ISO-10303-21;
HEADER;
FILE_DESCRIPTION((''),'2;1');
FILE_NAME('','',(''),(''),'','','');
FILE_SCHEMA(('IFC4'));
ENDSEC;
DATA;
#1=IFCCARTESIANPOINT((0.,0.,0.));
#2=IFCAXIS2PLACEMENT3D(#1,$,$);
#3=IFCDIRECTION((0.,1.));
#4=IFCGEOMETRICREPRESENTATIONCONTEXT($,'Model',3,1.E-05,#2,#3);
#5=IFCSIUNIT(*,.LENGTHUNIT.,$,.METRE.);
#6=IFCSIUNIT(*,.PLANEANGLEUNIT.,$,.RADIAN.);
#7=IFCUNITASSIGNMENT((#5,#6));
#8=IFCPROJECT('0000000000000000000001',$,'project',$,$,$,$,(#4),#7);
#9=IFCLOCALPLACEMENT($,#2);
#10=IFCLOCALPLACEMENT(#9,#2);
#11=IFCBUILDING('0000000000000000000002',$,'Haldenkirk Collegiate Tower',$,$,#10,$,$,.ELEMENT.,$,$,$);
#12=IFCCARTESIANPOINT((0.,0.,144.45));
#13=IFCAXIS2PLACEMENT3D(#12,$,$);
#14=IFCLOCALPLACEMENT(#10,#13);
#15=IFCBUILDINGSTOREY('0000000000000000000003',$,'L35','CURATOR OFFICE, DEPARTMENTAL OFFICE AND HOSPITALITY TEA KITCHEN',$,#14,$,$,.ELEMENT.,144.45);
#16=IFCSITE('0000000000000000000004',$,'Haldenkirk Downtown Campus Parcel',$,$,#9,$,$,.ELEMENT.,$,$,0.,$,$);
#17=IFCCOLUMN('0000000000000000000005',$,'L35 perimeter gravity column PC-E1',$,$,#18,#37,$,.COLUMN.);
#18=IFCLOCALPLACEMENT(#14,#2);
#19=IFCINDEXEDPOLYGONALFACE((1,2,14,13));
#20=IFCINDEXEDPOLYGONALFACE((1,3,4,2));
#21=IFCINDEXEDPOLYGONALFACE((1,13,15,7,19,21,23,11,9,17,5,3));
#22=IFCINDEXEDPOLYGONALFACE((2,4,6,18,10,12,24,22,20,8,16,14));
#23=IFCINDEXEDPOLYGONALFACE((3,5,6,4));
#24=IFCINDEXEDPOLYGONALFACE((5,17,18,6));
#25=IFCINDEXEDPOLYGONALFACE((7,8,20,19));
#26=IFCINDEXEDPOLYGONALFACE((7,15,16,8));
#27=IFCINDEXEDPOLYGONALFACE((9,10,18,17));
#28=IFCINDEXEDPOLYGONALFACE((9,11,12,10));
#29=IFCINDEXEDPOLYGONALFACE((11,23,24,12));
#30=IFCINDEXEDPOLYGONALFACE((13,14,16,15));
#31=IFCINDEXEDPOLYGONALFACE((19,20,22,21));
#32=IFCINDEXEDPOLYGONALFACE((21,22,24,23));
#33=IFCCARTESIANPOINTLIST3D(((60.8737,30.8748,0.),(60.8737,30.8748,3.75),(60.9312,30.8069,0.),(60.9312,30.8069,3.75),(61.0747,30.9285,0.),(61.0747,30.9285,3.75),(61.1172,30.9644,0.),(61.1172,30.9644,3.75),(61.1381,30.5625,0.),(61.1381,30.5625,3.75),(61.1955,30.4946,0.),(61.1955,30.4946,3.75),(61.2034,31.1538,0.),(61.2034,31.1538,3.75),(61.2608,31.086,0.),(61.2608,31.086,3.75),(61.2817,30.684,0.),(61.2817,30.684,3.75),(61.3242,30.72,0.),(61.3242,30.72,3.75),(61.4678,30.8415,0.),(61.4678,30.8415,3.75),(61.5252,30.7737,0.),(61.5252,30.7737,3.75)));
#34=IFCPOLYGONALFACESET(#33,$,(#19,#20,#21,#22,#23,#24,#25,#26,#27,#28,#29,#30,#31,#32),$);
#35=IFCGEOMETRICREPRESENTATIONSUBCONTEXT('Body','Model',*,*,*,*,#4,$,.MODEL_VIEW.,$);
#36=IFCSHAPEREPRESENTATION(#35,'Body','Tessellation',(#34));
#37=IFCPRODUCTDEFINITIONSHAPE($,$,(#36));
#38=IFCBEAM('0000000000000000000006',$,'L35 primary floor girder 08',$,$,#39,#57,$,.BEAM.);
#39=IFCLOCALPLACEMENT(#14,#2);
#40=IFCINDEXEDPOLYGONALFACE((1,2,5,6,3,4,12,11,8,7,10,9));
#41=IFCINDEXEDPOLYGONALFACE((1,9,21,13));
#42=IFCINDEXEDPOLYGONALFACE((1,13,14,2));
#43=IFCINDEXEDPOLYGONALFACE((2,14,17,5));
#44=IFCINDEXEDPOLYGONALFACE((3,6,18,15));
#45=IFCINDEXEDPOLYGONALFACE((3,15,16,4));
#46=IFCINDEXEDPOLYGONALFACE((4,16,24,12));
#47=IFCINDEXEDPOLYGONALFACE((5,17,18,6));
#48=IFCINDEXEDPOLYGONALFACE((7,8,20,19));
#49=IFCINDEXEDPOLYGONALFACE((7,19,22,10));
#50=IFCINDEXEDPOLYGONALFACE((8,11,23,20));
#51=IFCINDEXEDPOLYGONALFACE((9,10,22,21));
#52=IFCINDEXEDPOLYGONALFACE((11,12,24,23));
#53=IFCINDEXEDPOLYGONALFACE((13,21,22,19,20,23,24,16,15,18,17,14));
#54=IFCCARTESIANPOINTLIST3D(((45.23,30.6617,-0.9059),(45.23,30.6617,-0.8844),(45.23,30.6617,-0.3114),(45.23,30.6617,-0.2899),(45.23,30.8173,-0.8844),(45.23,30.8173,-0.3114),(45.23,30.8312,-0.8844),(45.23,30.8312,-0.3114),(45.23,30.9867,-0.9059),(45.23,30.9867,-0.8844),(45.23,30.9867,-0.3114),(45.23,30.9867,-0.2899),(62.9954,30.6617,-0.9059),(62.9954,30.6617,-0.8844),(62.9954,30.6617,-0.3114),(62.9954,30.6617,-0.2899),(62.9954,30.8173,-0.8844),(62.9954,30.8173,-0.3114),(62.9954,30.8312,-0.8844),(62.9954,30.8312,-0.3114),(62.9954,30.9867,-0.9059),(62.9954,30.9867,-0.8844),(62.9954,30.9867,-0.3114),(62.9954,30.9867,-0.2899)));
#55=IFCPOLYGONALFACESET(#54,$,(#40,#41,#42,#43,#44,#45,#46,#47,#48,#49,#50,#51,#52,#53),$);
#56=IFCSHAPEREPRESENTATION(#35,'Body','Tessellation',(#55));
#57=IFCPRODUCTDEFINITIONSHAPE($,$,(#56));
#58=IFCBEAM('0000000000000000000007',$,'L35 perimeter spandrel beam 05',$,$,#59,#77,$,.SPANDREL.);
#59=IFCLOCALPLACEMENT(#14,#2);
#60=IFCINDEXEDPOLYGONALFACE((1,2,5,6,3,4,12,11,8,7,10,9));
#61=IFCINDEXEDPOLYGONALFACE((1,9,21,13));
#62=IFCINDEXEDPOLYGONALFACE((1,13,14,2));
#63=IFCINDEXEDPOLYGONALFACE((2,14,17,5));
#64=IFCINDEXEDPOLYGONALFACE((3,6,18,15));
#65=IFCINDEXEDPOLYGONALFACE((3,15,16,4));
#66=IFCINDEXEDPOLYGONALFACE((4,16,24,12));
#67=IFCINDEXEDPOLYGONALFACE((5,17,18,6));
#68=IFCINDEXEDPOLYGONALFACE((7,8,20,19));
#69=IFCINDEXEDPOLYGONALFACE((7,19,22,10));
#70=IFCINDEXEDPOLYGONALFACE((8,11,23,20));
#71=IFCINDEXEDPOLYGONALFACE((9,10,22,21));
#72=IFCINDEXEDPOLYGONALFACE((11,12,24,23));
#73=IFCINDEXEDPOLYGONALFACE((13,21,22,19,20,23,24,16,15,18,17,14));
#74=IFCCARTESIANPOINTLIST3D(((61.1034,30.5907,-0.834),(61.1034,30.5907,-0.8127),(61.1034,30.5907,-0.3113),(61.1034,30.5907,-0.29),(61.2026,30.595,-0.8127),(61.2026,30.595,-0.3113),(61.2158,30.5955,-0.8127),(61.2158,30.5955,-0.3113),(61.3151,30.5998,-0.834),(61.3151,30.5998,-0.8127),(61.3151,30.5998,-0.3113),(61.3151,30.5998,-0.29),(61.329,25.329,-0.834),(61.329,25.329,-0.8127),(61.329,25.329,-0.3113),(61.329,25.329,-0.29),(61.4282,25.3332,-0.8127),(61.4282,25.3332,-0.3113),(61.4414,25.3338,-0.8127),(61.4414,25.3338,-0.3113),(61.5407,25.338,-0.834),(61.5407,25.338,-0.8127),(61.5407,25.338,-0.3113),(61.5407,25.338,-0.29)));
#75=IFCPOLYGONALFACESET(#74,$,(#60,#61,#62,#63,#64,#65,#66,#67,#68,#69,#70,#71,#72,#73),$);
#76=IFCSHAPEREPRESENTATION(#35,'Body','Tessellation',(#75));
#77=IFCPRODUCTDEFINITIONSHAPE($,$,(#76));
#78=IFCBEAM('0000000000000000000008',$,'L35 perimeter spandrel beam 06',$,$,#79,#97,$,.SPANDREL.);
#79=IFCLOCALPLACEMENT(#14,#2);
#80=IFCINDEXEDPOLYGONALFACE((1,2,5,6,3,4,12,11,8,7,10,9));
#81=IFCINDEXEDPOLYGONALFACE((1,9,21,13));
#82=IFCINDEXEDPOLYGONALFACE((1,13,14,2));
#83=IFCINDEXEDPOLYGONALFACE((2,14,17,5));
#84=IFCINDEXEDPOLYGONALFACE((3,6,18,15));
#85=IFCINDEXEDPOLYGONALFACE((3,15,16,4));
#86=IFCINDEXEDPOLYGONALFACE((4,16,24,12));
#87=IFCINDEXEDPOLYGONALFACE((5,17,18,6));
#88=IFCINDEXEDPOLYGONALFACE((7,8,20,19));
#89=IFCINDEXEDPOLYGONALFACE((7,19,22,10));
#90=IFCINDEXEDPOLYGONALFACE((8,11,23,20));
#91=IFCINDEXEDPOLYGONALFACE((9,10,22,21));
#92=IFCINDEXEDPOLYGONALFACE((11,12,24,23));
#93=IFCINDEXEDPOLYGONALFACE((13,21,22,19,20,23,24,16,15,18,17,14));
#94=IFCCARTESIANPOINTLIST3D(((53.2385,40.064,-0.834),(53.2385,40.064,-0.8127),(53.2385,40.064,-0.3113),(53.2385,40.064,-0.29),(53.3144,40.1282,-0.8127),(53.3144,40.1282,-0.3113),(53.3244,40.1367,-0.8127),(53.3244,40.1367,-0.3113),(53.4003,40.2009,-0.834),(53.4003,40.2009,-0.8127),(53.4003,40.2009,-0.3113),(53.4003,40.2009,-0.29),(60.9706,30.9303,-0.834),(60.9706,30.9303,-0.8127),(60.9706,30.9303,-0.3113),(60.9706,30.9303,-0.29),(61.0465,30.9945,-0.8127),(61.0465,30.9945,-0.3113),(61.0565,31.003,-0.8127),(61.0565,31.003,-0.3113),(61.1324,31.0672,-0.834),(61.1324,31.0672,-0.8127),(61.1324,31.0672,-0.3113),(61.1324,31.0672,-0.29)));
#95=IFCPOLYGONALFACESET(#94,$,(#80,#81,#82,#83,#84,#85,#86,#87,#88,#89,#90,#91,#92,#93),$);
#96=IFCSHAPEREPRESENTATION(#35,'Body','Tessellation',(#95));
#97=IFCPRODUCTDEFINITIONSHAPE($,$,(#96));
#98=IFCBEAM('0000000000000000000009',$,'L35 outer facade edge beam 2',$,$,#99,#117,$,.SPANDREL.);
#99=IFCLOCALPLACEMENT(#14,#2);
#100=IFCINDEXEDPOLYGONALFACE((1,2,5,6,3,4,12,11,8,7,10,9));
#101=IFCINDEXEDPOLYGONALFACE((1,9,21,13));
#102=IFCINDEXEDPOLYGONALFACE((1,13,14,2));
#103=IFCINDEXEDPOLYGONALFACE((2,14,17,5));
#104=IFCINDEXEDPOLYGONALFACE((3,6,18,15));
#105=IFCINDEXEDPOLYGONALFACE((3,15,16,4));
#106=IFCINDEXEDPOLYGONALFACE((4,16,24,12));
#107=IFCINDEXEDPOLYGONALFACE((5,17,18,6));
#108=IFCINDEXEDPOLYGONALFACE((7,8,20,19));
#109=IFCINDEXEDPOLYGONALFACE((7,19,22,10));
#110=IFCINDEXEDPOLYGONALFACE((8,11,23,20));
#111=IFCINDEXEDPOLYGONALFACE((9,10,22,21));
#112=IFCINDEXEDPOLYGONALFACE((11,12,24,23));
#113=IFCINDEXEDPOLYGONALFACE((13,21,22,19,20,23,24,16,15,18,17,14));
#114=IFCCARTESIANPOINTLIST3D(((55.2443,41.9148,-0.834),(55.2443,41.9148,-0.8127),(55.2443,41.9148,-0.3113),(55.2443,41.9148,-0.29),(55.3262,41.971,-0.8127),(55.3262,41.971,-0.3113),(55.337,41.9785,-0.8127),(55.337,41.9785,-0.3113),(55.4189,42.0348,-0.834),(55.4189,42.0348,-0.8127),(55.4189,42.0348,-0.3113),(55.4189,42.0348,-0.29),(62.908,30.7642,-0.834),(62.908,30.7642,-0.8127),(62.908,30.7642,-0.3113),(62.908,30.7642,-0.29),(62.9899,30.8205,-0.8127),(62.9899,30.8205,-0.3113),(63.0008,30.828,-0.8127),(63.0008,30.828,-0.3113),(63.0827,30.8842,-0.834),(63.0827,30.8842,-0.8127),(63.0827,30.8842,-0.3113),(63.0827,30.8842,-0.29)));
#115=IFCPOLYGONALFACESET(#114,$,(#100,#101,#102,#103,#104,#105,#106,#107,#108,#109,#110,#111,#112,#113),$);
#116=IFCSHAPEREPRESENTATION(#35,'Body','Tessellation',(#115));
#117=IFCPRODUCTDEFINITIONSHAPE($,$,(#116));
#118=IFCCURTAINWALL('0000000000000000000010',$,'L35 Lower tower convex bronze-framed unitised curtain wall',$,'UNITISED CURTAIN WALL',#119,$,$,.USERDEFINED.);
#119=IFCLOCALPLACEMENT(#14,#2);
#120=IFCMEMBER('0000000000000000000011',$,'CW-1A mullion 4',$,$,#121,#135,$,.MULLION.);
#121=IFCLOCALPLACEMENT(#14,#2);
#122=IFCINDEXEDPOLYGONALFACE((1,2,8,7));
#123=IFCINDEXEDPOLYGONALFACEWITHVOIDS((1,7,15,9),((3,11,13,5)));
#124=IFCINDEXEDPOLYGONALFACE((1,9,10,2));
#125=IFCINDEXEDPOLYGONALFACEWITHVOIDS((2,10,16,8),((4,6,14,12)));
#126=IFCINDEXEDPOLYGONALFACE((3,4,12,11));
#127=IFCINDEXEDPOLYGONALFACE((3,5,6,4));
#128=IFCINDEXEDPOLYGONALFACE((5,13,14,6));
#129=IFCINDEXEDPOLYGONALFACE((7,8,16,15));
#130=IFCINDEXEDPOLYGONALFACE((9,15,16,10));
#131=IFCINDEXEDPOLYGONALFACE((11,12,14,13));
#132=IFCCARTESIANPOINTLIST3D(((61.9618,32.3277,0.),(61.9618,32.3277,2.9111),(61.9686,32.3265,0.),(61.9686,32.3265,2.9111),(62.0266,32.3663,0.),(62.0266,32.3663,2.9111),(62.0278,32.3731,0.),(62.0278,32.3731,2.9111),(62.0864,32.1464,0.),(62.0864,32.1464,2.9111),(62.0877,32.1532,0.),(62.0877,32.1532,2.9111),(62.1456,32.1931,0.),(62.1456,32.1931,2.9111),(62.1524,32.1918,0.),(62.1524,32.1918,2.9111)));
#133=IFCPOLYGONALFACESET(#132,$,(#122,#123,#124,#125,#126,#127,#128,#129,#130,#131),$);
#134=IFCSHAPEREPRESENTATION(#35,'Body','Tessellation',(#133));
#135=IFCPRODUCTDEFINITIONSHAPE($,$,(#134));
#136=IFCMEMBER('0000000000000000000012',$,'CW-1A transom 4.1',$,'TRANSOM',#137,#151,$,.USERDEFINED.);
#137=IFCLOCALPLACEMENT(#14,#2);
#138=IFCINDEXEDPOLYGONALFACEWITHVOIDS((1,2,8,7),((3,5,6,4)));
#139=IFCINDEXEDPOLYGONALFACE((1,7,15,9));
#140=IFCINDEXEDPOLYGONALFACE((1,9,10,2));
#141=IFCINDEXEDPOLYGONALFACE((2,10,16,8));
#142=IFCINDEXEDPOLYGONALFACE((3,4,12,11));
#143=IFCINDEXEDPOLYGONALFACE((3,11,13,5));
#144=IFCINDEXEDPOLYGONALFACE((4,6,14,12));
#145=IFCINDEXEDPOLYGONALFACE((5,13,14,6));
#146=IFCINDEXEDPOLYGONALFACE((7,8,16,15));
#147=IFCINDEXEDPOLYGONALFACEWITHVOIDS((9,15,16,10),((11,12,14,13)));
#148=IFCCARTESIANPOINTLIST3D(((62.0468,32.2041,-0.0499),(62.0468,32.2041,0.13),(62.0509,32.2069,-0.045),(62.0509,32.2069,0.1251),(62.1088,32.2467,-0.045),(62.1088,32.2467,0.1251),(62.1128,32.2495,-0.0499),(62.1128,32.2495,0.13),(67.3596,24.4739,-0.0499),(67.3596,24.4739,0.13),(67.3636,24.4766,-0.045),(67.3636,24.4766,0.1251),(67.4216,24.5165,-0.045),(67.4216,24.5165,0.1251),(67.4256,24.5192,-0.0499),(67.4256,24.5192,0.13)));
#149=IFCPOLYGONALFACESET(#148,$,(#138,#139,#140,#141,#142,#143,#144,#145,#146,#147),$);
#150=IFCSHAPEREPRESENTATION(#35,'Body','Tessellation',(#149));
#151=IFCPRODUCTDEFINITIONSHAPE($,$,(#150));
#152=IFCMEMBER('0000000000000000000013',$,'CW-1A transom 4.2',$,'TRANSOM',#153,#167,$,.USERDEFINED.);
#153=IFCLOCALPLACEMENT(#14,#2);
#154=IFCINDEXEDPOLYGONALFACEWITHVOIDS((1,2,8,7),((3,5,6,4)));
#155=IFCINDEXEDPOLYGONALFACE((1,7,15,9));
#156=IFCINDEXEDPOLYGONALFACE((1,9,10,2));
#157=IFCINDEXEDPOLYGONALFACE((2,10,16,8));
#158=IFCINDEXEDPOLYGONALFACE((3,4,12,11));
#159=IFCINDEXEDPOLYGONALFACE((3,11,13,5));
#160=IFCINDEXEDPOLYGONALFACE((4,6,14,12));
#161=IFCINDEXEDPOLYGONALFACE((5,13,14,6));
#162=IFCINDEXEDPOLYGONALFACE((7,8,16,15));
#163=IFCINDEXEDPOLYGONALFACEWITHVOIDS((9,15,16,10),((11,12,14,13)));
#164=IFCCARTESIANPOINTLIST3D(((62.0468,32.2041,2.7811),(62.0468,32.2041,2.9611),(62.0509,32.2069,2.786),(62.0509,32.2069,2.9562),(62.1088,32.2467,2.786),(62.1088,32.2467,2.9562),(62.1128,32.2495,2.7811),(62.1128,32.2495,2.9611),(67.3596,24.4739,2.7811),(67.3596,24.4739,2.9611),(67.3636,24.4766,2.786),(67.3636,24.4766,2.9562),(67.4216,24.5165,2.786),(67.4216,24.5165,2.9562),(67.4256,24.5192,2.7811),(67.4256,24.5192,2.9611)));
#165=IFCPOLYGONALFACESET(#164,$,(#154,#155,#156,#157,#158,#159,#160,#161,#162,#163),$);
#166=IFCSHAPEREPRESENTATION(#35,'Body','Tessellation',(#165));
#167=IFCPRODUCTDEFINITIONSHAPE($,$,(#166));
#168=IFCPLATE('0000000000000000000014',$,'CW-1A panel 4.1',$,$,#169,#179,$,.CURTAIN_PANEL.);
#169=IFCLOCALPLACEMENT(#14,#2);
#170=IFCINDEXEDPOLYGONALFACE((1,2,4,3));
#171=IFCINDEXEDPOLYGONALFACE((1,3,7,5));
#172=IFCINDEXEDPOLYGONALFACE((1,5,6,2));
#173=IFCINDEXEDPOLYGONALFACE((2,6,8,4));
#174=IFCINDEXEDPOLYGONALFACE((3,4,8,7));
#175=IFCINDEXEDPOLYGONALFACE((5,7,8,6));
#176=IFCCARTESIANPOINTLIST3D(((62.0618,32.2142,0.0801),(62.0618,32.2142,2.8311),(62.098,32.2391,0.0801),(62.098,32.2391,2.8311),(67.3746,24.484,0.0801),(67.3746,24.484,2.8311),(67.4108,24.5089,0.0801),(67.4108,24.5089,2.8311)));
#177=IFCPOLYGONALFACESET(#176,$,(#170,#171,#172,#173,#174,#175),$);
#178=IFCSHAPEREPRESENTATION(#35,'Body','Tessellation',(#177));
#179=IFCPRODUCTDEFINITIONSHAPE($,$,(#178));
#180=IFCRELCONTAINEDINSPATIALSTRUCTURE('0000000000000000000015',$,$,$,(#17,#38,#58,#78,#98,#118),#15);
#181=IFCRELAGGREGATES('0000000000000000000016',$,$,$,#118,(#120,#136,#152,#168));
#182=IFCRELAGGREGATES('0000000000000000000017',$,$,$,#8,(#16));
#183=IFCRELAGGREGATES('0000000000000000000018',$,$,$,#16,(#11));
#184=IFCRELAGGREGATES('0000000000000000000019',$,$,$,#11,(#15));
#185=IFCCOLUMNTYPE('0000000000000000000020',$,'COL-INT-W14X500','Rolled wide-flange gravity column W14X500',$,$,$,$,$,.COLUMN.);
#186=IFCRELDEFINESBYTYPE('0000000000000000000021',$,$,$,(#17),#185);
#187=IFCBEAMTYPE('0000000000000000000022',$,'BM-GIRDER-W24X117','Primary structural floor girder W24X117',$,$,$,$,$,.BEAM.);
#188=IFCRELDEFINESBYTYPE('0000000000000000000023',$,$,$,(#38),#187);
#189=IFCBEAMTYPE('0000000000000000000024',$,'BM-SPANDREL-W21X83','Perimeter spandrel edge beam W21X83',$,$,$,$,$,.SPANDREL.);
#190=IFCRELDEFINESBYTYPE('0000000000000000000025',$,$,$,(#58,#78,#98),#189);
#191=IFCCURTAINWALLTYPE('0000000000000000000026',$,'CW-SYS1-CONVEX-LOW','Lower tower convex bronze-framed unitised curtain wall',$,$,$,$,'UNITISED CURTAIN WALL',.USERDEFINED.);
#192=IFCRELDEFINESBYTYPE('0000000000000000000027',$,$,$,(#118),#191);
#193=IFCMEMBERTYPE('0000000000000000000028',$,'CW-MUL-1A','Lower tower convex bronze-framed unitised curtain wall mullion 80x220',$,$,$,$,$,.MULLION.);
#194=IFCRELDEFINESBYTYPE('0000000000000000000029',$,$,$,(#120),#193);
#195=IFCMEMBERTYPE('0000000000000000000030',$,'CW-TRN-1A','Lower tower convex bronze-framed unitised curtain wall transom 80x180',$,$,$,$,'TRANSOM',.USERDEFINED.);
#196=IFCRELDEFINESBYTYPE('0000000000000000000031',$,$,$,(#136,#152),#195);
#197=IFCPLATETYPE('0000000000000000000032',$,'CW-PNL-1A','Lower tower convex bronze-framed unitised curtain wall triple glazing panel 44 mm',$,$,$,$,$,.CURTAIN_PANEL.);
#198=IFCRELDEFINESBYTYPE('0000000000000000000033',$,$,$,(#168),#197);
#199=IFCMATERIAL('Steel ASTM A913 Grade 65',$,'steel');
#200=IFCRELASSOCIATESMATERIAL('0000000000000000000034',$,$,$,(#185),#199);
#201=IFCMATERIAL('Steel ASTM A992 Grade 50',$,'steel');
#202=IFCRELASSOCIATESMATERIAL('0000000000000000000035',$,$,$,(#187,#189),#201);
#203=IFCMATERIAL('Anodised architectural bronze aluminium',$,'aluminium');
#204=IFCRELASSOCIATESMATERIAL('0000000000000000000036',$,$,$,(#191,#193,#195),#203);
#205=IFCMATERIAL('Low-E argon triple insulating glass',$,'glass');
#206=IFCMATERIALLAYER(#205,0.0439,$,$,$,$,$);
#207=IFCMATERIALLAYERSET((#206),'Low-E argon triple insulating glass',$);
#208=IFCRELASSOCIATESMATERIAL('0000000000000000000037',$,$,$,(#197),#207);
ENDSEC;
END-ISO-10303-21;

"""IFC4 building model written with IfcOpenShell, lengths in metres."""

from ifc_helpers import new_model, si_unit, direction, frame, origin, origin_2d, place, context, subcontext, project, spatial, rectangle, hollow_rectangle, i_section, extrude, source, transform, mapped, material, layer, layer_set, material_profile, profile_set, type_object, element, aggregate, save


model = new_model("IFC4")

# Units and contexts
model_context = context("Model", 3, precision=1e-05, world=origin(), true_north=direction((0.0, 1.0)))
body_context = subcontext(model_context, "Body", "Model", "MODEL_VIEW")
ifc_project = project(units=[si_unit("LENGTHUNIT", "METRE"), si_unit("PLANEANGLEUNIT", "RADIAN")], contexts=[model_context])

# Site, building, storey
site_placement = place(None, origin())
site = spatial("IfcSite", under=ifc_project, at=site_placement, Name="Haldenkirk Downtown Campus Parcel", CompositionType="ELEMENT", RefElevation=0.0)
building_placement = place(site_placement, origin())
building = spatial("IfcBuilding", under=site, at=building_placement, Name="Haldenkirk Collegiate Tower", CompositionType="ELEMENT")
storey_placement = place(building_placement, frame((0.0, 0.0, 144.45)))
storey = spatial("IfcBuildingStorey", under=building, at=storey_placement, Name="L35", Description="CURATOR OFFICE, DEPARTMENTAL OFFICE AND HOSPITALITY TEA KITCHEN", CompositionType="ELEMENT", Elevation=144.45)

# Column
ifc_material_1 = material(Name="Steel ASTM A913 Grade 65", Category="steel")
ifc_material_profile_1 = material_profile(ifc_material_1, i_section(OverallWidth=0.4319, OverallDepth=0.498, WebThickness=0.0557, FlangeThickness=0.0889, at=origin_2d()), Name="W14X500")
ifc_profile_set_1 = profile_set([ifc_material_profile_1], Name="Steel ASTM A913 Grade 65")
column_type = type_object("IfcColumnType", Name="COL-INT-W14X500", Description="Rolled wide-flange gravity column W14X500", PredefinedType="COLUMN", material=ifc_profile_set_1)
column_placement = place(storey_placement, frame((61.1995, 30.8242, 0.0), z_axis=(0.0, 0.0, 1.0), x_axis=(0.763232, 0.646124, 0.0)))
element("IfcColumn", 1, at=column_placement, inside=storey, type_object=column_type, Name="L35 perimeter gravity column PC-E1", PredefinedType="COLUMN", context=body_context, shape_type="SweptSolid", body=[
    extrude(i_section(OverallWidth=0.4319, OverallDepth=0.498, WebThickness=0.0557, FlangeThickness=0.0889, at=origin_2d()), origin(), (0.0, 0.0, 1.0), 3.75),
])

# Beams
ifc_material_2 = material(Name="Steel ASTM A992 Grade 50", Category="steel")
ifc_material_profile_2 = material_profile(ifc_material_2, i_section(OverallWidth=0.325, OverallDepth=0.616, WebThickness=0.0139, FlangeThickness=0.0215, at=origin_2d()), Name="W24X117")
ifc_profile_set_2 = profile_set([ifc_material_profile_2], Name="Steel ASTM A992 Grade 50")
beam_type_1 = type_object("IfcBeamType", Name="BM-GIRDER-W24X117", Description="Primary structural floor girder W24X117", PredefinedType="BEAM", material=ifc_profile_set_2)
beam_1_placement = place(storey_placement, frame((62.9954, 30.8242, -0.5979), z_axis=(-1.0, 0.0, 0.0), x_axis=(0.0, -1.0, 0.0)))
element("IfcBeam", 2, at=beam_1_placement, inside=storey, type_object=beam_type_1, Name="L35 primary floor girder 08", PredefinedType="BEAM", context=body_context, shape_type="SweptSolid", body=[
    extrude(i_section(OverallWidth=0.325, OverallDepth=0.616, WebThickness=0.0139, FlangeThickness=0.0215, at=origin_2d()), origin(), (0.0, 0.0, 1.0), 17.7654),
])
ifc_material_profile_3 = material_profile(ifc_material_2, i_section(OverallWidth=0.2119, OverallDepth=0.5439, WebThickness=0.0132, FlangeThickness=0.0212, at=origin_2d()), Name="W21X83")
ifc_profile_set_3 = profile_set([ifc_material_profile_3], Name="Steel ASTM A992 Grade 50")
beam_type_2 = type_object("IfcBeamType", Name="BM-SPANDREL-W21X83", Description="Perimeter spandrel edge beam W21X83", PredefinedType="SPANDREL", material=ifc_profile_set_3)
beam_2_placement = place(storey_placement, frame((61.4348, 25.3335, -0.562), z_axis=(-0.042834, 0.999082, 0.0), x_axis=(-0.999082, -0.042834, 0.0)))
element("IfcBeam", 3, at=beam_2_placement, inside=storey, type_object=beam_type_2, Name="L35 perimeter spandrel beam 05", PredefinedType="SPANDREL", context=body_context, shape_type="SweptSolid", body=[
    extrude(i_section(OverallWidth=0.2119, OverallDepth=0.5439, WebThickness=0.0132, FlangeThickness=0.0212, at=origin_2d()), origin(), (0.0, 0.0, 1.0), 5.2666),
])
beam_3_placement = place(storey_placement, frame((61.0515, 30.9988, -0.562), z_axis=(-0.646117, 0.763238, 0.0), x_axis=(-0.763238, -0.646117, 0.0)))
element("IfcBeam", 4, at=beam_3_placement, inside=storey, type_object=beam_type_2, Name="L35 perimeter spandrel beam 06", PredefinedType="SPANDREL", context=body_context, shape_type="SweptSolid", body=[
    extrude(i_section(OverallWidth=0.2119, OverallDepth=0.5439, WebThickness=0.0132, FlangeThickness=0.0212, at=origin_2d()), origin(), (0.0, 0.0, 1.0), 11.967),
])
beam_4_placement = place(storey_placement, frame((62.9954, 30.8242, -0.562), z_axis=(-0.566416, 0.824119, 0.0), x_axis=(-0.824119, -0.566416, 0.0)))
element("IfcBeam", 5, at=beam_4_placement, inside=storey, type_object=beam_type_2, Name="L35 outer facade edge beam 2", PredefinedType="SPANDREL", context=body_context, shape_type="SweptSolid", body=[
    extrude(i_section(OverallWidth=0.2119, OverallDepth=0.5439, WebThickness=0.0132, FlangeThickness=0.0212, at=origin_2d()), origin(), (0.0, 0.0, 1.0), 13.5303),
])

# Curtain wall, members, plate
ifc_material_3 = material(Name="Anodised architectural bronze aluminium", Category="aluminium")
curtain_wall_type = type_object("IfcCurtainWallType", Name="CW-SYS1-CONVEX-LOW", Description="Lower tower convex bronze-framed unitised curtain wall", ElementType="UNITISED CURTAIN WALL", PredefinedType="USERDEFINED", material=ifc_material_3)
curtain_wall_placement = place(storey_placement, origin())
curtain_wall = element("IfcCurtainWall", 6, at=curtain_wall_placement, inside=storey, type_object=curtain_wall_type, Name="L35 Lower tower convex bronze-framed unitised curtain wall", ObjectType="UNITISED CURTAIN WALL", PredefinedType="USERDEFINED")
ifc_material_profile_4 = material_profile(ifc_material_3, hollow_rectangle(XDim=0.0801, YDim=0.22, WallThickness=0.0049, at=origin_2d()), Name="CW-MUL-1A")
ifc_profile_set_4 = profile_set([ifc_material_profile_4], Name="Anodised architectural bronze aluminium")
member_type_1 = type_object("IfcMemberType", Name="CW-MUL-1A", Description="Lower tower convex bronze-framed unitised curtain wall mullion 80x220", PredefinedType="MULLION", material=ifc_profile_set_4)
member_1_placement = place(storey_placement, frame((62.0571, 32.2598, 0.0), z_axis=(0.0, 0.0, 1.0), x_axis=(0.824127, 0.566406, 0.0)))
member_1 = element("IfcMember", 7, at=member_1_placement, type_object=member_type_1, Name="CW-1A mullion 4", PredefinedType="MULLION", context=body_context, shape_type="SweptSolid", body=[
    extrude(hollow_rectangle(XDim=0.0801, YDim=0.22, WallThickness=0.0049, at=origin_2d()), origin(), (0.0, 0.0, 1.0), 2.9111),
])
ifc_material_profile_5 = material_profile(ifc_material_3, hollow_rectangle(XDim=0.0801, YDim=0.1799, WallThickness=0.0049, at=origin_2d()), Name="CW-TRN-1A")
ifc_profile_set_5 = profile_set([ifc_material_profile_5], Name="Anodised architectural bronze aluminium")
member_type_2 = type_object("IfcMemberType", Name="CW-TRN-1A", Description="Lower tower convex bronze-framed unitised curtain wall transom 80x180", ElementType="TRANSOM", PredefinedType="USERDEFINED", material=ifc_profile_set_5)
member_2_placement = place(storey_placement, frame((62.0798, 32.2268, 0.04), z_axis=(0.5664, -0.824131, 0.0), x_axis=(0.824131, 0.5664, 0.0)))
member_2 = element("IfcMember", 8, at=member_2_placement, type_object=member_type_2, Name="CW-1A transom 4.1", ObjectType="TRANSOM", PredefinedType="USERDEFINED", context=body_context, shape_type="SweptSolid", body=[
    extrude(hollow_rectangle(XDim=0.0801, YDim=0.1799, WallThickness=0.0049, at=origin_2d()), origin(), (0.0, 0.0, 1.0), 9.3799),
])
member_3_placement = place(storey_placement, frame((62.0798, 32.2268, 2.8711), z_axis=(0.5664, -0.824131, 0.0), x_axis=(0.824131, 0.5664, 0.0)))
member_3 = element("IfcMember", 9, at=member_3_placement, type_object=member_type_2, Name="CW-1A transom 4.2", ObjectType="TRANSOM", PredefinedType="USERDEFINED", context=body_context, shape_type="SweptSolid", body=[
    extrude(hollow_rectangle(XDim=0.0801, YDim=0.1799, WallThickness=0.0049, at=origin_2d()), origin(), (0.0, 0.0, 1.0), 9.3799),
])
ifc_material_4 = material(Name="Low-E argon triple insulating glass", Category="glass")
ifc_layer_1 = layer(ifc_material_4, 0.0439)
ifc_layer_set_1 = layer_set([ifc_layer_1], Name="Low-E argon triple insulating glass")
plate_type_1 = type_object("IfcPlateType", Name="CW-PNL-1A", Description="Lower tower convex bronze-framed unitised curtain wall triple glazing panel 44 mm", PredefinedType="CURTAIN_PANEL", material=ifc_layer_set_1)
shared_shape_1 = source(origin(), body_context, "Body", "SweptSolid", [
    extrude(rectangle(XDim=9.3799, YDim=0.0439, at=origin_2d()), origin(), (0.0, 0.0, 1.0), 2.751),
])
plate_1_placement = place(storey_placement, frame((64.7363, 28.3616, 0.0801), z_axis=(0.0, 0.0, 1.0), x_axis=(0.566406, -0.824127, 0.0)))
plate_1 = element("IfcPlate", 10, at=plate_1_placement, type_object=plate_type_1, Name="CW-1A panel 4.1", PredefinedType="CURTAIN_PANEL", context=body_context, shape_type="MappedRepresentation", body=[
    mapped(shared_shape_1, transform((0.0, 0.0, 0.0), x_axis=(1.0, 0.0, 0.0), y_axis=(0.0, 1.0, 0.0), z_axis=(0.0, 0.0, 1.0), scale=1.0)),
])
aggregate(curtain_wall, [member_1, member_2, member_3, plate_1])

save(model, "model.ifc")
